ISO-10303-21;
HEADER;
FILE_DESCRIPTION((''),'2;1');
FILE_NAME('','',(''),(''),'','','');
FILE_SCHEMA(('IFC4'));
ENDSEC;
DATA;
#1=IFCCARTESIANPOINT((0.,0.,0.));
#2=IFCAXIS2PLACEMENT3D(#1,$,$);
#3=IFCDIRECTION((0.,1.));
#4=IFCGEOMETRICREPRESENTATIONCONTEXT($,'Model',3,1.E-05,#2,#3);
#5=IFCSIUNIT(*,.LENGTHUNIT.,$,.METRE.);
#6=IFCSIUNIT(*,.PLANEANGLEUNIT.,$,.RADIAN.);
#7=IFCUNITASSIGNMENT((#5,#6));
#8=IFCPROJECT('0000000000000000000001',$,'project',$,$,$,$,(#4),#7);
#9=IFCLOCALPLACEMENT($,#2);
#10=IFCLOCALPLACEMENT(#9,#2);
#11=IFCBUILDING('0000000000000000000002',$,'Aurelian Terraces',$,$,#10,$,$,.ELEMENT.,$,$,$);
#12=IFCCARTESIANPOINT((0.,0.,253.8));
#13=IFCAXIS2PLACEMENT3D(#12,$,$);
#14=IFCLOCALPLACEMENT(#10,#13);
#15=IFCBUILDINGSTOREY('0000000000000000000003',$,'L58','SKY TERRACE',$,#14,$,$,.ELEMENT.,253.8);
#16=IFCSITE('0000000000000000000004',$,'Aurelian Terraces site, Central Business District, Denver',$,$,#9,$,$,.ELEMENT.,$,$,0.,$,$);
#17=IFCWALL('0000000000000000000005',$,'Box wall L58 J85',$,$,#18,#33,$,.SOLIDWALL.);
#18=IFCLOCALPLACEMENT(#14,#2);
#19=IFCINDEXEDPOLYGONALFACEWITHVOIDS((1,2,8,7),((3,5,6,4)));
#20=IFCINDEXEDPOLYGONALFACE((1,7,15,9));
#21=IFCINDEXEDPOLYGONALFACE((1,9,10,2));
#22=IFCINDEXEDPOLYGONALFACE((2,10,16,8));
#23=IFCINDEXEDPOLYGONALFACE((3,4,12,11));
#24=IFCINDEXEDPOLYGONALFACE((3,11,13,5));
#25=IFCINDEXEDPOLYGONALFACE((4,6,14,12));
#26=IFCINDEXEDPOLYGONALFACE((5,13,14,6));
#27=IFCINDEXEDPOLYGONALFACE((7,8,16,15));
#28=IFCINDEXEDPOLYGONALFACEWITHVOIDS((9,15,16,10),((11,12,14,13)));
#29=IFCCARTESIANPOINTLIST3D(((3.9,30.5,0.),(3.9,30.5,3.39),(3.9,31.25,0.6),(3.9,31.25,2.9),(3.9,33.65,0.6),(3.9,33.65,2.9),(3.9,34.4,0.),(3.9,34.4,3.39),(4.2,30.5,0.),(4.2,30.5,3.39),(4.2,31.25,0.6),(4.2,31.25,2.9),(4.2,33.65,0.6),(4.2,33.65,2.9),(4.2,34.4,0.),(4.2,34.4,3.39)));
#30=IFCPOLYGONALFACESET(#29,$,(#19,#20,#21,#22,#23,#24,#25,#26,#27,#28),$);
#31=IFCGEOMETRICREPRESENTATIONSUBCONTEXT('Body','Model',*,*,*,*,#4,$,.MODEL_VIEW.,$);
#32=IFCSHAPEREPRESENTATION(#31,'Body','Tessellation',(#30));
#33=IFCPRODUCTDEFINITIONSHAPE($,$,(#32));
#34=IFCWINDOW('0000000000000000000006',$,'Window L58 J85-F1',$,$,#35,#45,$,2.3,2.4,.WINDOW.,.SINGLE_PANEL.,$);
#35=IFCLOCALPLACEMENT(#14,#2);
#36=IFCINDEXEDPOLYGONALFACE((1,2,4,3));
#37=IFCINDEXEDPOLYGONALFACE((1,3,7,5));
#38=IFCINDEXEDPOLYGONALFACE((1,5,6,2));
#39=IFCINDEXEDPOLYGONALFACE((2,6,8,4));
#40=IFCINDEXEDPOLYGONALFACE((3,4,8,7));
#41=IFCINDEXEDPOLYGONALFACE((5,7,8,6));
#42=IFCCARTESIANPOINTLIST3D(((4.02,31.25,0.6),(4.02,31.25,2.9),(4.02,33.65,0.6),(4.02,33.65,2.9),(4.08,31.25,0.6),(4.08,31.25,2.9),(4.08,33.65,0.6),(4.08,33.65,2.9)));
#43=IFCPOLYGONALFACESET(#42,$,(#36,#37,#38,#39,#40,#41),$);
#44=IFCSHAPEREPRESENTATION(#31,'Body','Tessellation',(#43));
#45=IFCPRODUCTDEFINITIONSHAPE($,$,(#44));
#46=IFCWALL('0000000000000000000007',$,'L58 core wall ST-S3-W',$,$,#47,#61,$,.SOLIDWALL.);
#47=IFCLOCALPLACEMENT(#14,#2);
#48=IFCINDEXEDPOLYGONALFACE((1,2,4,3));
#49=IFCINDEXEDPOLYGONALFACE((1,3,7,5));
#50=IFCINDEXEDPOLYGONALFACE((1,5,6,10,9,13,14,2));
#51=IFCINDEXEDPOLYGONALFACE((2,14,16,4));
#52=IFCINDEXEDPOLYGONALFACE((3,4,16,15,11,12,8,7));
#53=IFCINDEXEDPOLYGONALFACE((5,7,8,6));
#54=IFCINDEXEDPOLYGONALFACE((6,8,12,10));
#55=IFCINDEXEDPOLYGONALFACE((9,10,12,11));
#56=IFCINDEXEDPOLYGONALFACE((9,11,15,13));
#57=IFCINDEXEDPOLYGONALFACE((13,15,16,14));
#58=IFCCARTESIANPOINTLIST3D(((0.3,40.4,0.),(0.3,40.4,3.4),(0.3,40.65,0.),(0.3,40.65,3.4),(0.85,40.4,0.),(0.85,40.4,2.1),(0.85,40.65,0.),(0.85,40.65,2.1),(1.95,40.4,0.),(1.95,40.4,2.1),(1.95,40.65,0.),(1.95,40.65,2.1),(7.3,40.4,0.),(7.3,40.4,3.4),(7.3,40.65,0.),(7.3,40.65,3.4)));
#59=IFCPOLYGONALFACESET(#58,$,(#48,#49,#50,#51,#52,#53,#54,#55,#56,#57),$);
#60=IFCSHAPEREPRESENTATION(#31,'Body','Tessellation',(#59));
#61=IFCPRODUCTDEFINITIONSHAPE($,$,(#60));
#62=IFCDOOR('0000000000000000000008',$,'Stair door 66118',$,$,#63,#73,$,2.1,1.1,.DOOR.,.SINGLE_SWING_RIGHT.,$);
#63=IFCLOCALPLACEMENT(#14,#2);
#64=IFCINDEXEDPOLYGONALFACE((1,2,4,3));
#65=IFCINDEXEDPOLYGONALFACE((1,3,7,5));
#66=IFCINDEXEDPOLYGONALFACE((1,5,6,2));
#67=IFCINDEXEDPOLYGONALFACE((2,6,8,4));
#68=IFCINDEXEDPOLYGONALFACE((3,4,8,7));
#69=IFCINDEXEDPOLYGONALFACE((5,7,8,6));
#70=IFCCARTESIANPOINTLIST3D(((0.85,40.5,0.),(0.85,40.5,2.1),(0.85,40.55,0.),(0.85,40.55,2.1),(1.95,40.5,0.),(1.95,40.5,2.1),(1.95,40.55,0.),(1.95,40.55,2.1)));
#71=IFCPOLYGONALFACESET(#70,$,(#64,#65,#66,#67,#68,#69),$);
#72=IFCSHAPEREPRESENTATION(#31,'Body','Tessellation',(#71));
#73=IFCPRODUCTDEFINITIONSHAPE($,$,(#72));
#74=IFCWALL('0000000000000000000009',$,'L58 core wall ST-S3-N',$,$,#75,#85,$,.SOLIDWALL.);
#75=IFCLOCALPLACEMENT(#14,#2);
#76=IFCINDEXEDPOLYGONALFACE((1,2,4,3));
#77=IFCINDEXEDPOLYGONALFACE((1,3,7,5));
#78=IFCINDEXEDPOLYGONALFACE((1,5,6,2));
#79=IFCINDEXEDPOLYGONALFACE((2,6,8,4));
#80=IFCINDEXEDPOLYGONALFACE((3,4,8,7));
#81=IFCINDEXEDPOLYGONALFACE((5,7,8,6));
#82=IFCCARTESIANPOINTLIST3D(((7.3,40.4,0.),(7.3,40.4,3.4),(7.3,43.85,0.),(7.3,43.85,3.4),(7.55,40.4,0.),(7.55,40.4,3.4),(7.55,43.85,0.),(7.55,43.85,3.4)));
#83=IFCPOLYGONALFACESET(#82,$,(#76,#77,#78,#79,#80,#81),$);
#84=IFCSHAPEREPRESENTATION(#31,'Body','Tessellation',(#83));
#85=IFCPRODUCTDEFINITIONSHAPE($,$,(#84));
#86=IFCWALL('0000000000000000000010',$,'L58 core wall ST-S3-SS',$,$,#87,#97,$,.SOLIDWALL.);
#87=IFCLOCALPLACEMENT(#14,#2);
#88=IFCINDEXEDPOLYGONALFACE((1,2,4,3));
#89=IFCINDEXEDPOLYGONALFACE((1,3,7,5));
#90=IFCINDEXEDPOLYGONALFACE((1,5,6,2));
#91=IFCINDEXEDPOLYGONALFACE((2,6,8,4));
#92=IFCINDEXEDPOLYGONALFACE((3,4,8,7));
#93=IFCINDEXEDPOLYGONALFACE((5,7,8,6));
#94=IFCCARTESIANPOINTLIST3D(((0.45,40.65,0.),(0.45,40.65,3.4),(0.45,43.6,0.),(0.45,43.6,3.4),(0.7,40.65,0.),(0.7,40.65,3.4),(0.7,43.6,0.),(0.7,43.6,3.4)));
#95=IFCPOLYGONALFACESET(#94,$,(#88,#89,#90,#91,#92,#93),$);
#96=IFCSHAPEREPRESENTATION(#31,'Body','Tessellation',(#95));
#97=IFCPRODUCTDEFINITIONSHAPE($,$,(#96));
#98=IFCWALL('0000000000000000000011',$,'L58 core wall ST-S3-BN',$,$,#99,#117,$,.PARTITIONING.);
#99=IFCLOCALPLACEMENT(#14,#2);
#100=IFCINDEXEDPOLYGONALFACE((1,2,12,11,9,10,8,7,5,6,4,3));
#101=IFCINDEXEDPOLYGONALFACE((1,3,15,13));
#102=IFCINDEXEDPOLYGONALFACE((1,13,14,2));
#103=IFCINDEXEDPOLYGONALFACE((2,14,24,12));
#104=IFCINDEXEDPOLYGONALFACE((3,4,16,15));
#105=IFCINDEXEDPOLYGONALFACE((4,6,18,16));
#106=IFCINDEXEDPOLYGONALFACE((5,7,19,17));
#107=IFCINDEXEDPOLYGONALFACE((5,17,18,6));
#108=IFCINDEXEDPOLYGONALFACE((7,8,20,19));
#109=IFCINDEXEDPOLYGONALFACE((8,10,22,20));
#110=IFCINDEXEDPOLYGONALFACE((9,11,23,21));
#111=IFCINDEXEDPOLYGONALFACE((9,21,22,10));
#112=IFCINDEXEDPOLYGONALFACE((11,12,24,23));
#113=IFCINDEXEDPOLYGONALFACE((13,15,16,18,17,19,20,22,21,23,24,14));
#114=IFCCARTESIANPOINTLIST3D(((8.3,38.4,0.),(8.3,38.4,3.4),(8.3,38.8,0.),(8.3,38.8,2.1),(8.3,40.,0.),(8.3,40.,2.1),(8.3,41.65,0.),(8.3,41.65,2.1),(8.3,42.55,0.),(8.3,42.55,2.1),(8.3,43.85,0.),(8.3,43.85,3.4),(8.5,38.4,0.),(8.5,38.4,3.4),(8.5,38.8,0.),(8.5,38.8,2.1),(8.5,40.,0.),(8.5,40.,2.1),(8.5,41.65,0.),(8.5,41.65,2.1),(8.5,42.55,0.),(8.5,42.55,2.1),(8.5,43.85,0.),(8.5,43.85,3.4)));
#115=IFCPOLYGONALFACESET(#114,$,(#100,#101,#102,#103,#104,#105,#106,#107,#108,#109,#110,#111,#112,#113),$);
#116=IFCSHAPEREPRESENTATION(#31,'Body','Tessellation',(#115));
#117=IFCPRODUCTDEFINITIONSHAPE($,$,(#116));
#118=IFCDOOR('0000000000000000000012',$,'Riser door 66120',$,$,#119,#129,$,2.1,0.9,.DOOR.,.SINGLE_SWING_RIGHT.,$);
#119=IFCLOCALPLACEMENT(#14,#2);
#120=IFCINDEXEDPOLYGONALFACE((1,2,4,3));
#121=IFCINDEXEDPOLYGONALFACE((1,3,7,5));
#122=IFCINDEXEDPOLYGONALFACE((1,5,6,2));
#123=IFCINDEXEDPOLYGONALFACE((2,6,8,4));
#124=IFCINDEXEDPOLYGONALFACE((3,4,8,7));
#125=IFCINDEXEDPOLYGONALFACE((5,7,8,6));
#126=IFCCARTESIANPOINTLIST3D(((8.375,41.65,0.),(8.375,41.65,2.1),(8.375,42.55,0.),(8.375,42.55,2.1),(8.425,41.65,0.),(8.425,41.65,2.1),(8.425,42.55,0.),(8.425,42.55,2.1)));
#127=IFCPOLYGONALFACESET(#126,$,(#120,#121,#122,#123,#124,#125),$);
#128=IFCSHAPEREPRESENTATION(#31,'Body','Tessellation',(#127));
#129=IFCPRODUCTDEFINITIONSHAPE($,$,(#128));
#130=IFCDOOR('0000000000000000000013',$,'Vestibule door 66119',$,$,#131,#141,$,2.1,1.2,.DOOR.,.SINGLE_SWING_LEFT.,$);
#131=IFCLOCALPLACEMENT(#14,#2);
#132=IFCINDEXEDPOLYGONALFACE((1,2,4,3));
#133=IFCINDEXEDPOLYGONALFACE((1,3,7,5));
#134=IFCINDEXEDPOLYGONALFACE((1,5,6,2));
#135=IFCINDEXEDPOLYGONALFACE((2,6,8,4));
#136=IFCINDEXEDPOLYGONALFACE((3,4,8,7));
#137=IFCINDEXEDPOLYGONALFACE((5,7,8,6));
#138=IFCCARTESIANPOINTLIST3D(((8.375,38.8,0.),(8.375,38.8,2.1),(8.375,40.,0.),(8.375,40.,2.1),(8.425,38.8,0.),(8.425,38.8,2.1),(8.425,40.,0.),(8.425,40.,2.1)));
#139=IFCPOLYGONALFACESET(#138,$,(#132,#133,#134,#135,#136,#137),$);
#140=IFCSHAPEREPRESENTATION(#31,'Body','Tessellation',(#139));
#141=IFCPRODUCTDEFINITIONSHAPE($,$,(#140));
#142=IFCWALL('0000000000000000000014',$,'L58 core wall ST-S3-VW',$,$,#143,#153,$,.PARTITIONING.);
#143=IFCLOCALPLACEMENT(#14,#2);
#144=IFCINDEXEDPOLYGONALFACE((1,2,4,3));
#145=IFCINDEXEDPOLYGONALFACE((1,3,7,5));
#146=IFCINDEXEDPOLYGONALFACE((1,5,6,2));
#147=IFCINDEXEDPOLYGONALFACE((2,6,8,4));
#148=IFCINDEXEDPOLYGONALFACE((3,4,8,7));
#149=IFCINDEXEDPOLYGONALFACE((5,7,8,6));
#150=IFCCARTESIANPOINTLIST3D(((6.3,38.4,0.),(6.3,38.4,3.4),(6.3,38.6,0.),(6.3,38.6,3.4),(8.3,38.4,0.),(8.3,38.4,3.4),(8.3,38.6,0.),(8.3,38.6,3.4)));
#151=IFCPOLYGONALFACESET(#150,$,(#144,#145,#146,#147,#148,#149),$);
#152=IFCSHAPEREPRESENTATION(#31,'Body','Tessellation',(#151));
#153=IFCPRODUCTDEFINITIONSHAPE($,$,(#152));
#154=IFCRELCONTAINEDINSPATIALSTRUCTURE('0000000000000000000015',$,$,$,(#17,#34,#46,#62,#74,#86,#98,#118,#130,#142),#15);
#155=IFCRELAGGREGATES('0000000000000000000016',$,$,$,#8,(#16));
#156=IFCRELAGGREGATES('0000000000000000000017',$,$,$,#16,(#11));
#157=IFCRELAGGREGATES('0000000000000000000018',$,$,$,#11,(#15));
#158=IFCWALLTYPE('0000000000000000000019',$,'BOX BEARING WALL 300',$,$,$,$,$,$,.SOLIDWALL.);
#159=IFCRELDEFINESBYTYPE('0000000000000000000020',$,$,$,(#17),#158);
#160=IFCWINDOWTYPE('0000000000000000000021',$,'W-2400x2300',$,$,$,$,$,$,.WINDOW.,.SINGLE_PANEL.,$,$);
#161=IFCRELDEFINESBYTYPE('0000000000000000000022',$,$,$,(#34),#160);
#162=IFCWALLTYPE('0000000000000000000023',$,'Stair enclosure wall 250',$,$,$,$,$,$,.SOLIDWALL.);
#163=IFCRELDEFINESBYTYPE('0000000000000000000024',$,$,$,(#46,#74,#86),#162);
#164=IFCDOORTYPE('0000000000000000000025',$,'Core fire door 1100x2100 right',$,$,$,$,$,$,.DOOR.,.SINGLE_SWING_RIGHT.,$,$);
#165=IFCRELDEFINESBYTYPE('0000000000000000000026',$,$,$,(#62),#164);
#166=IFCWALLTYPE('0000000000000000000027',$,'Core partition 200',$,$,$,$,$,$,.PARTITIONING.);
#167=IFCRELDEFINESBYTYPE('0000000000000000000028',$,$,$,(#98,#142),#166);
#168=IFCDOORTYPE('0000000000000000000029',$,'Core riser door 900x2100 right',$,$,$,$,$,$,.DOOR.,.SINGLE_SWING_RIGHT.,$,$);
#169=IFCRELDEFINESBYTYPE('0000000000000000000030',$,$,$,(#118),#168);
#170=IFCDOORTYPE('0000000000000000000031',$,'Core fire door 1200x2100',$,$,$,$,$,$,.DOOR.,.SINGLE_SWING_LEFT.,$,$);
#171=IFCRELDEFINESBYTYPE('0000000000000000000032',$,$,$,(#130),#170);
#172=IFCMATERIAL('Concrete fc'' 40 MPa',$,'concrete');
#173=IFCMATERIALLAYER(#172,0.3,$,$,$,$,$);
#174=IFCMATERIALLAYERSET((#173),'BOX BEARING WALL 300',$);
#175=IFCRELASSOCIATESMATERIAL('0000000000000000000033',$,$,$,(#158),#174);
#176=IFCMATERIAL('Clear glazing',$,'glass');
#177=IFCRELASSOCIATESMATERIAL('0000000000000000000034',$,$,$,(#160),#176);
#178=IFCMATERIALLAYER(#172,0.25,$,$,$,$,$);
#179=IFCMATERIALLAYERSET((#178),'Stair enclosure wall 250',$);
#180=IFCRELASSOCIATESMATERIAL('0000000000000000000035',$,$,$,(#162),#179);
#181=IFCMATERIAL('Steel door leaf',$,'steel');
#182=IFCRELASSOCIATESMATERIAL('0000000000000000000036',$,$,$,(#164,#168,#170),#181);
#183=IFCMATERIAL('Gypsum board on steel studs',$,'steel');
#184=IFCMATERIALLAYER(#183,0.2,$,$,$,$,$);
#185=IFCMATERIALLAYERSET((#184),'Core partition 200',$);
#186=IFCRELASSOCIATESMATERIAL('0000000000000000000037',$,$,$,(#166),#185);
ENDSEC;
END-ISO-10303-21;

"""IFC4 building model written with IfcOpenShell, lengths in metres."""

from ifc_helpers import new_model, si_unit, direction, frame, frame_2d, origin, place, context, subcontext, project, spatial, rectangle, extrude, source, transform, mapped, material, layer, layer_set, type_object, element, fill, save


model = new_model("IFC4")

# Units and contexts
model_context = context("Model", 3, precision=1e-05, world=origin(), true_north=direction((0.0, 1.0)))
body_context = subcontext(model_context, "Body", "Model", "MODEL_VIEW")
ifc_project = project(units=[si_unit("LENGTHUNIT", "METRE"), si_unit("PLANEANGLEUNIT", "RADIAN")], contexts=[model_context])

# Site, building, storey
site_placement = place(None, origin())
site = spatial("IfcSite", under=ifc_project, at=site_placement, Name="Aurelian Terraces site, Central Business District, Denver", CompositionType="ELEMENT", RefElevation=0.0)
building_placement = place(site_placement, origin())
building = spatial("IfcBuilding", under=site, at=building_placement, Name="Aurelian Terraces", CompositionType="ELEMENT")
storey_placement = place(building_placement, frame((0.0, 0.0, 253.8)))
storey = spatial("IfcBuildingStorey", under=building, at=storey_placement, Name="L58", Description="SKY TERRACE", CompositionType="ELEMENT", Elevation=253.8)

# Shared definitions
ifc_material_1 = material(Name="Concrete fc' 40 MPa", Category="concrete")

# Shared definitions
ifc_material_2 = material(Name="Clear glazing", Category="glass")

# Wall, opening, window
ifc_layer_1 = layer(ifc_material_1, 0.3)
ifc_layer_set_1 = layer_set([ifc_layer_1], Name="BOX BEARING WALL 300")
wall_type_1 = type_object("IfcWallType", Name="BOX BEARING WALL 300", PredefinedType="SOLIDWALL", material=ifc_layer_set_1)
shared_shape_1 = source(origin(), body_context, "Body", "SweptSolid", [
    extrude(rectangle(XDim=3.9, YDim=0.3, at=frame_2d((1.95, 0.0))), origin(), (0.0, 0.0, 1.0), 3.39),
])
wall_1_placement = place(storey_placement, frame((4.05, 34.4, 0.0), z_axis=(0.0, 0.0, 1.0), x_axis=(0.0, -1.0, 0.0)))
wall_1 = element("IfcWall", 1, at=wall_1_placement, inside=storey, type_object=wall_type_1, Name="Box wall L58 J85", PredefinedType="SOLIDWALL", context=body_context, shape_type="MappedRepresentation", body=[
    mapped(shared_shape_1, transform((0.0, 0.0, 0.0), scale=1.0)),
])
shared_shape_2 = source(origin(), body_context, "Body", "SweptSolid", [
    extrude(rectangle(XDim=2.4, YDim=2.3, at=frame_2d((1.2, 1.15))), frame((0.0, 0.16, 0.0), z_axis=(0.0, -1.0, 0.0), x_axis=(1.0, 0.0, 0.0)), (0.0, 0.0, 1.0), 0.32),
])
opening_1_placement = place(wall_1_placement, frame((0.75, 0.0, 0.6)))
opening_1 = element("IfcOpeningElement", 2, at=opening_1_placement, cuts=wall_1, PredefinedType="OPENING", context=body_context, shape_type="MappedRepresentation", body=[
    mapped(shared_shape_2, transform((0.0, 0.0, 0.0), scale=1.0)),
])
window_type_1 = type_object("IfcWindowType", Name="W-2400x2300", PartitioningType="SINGLE_PANEL", PredefinedType="WINDOW", material=ifc_material_2)
shared_shape_3 = source(origin(), body_context, "Body", "SweptSolid", [
    extrude(rectangle(XDim=2.4, YDim=2.3, at=frame_2d((1.2, 1.15))), frame((0.0, 0.03, 0.0), z_axis=(0.0, -1.0, 0.0), x_axis=(1.0, 0.0, 0.0)), (0.0, 0.0, 1.0), 0.06),
])
window_1_placement = place(opening_1_placement, origin())
window_1 = element("IfcWindow", 3, at=window_1_placement, inside=storey, type_object=window_type_1, Name="Window L58 J85-F1", OverallHeight=2.3, OverallWidth=2.4, PartitioningType="SINGLE_PANEL", PredefinedType="WINDOW", context=body_context, shape_type="MappedRepresentation", body=[
    mapped(shared_shape_3, transform((0.0, 0.0, 0.0), scale=1.0)),
])
fill(opening_1, window_1)

# Wall, opening, door
ifc_layer_2 = layer(ifc_material_1, 0.25)
ifc_layer_set_2 = layer_set([ifc_layer_2], Name="Stair enclosure wall 250")
wall_type_2 = type_object("IfcWallType", Name="Stair enclosure wall 250", PredefinedType="SOLIDWALL", material=ifc_layer_set_2)
shared_shape_4 = source(origin(), body_context, "Body", "SweptSolid", [
    extrude(rectangle(XDim=7.0, YDim=0.25, at=frame_2d((3.5, 0.0))), origin(), (0.0, 0.0, 1.0), 3.4),
])
wall_2_placement = place(storey_placement, frame((0.3, 40.525, 0.0), z_axis=(0.0, 0.0, 1.0), x_axis=(1.0, 0.0, 0.0)))
wall_2 = element("IfcWall", 4, at=wall_2_placement, inside=storey, type_object=wall_type_2, Name="L58 core wall ST-S3-W", PredefinedType="SOLIDWALL", context=body_context, shape_type="MappedRepresentation", body=[
    mapped(shared_shape_4, transform((0.0, 0.0, 0.0), scale=1.0)),
])
shared_shape_5 = source(origin(), body_context, "Body", "SweptSolid", [
    extrude(rectangle(XDim=1.1, YDim=2.1, at=frame_2d((0.55, 1.05))), frame((0.0, 0.135, 0.0), z_axis=(0.0, -1.0, 0.0), x_axis=(1.0, 0.0, 0.0)), (0.0, 0.0, 1.0), 0.27),
])
opening_2_placement = place(wall_2_placement, frame((0.55, 0.0, 0.0)))
opening_2 = element("IfcOpeningElement", 5, at=opening_2_placement, cuts=wall_2, PredefinedType="OPENING", context=body_context, shape_type="MappedRepresentation", body=[
    mapped(shared_shape_5, transform((0.0, 0.0, 0.0), scale=1.0)),
])
ifc_material_3 = material(Name="Steel door leaf", Category="steel")
door_type_1 = type_object("IfcDoorType", Name="Core fire door 1100x2100 right", OperationType="SINGLE_SWING_RIGHT", PredefinedType="DOOR", material=ifc_material_3)
shared_shape_6 = source(origin(), body_context, "Body", "SweptSolid", [
    extrude(rectangle(XDim=1.1, YDim=2.1, at=frame_2d((0.55, 1.05))), frame((0.0, 0.025, 0.0), z_axis=(0.0, -1.0, 0.0), x_axis=(1.0, 0.0, 0.0)), (0.0, 0.0, 1.0), 0.05),
])
door_1_placement = place(opening_2_placement, origin())
door_1 = element("IfcDoor", 6, at=door_1_placement, inside=storey, type_object=door_type_1, Name="Stair door 66118", OperationType="SINGLE_SWING_RIGHT", OverallHeight=2.1, OverallWidth=1.1, PredefinedType="DOOR", context=body_context, shape_type="MappedRepresentation", body=[
    mapped(shared_shape_6, transform((0.0, 0.0, 0.0), scale=1.0)),
])
fill(opening_2, door_1)

# Walls
shared_shape_7 = source(origin(), body_context, "Body", "SweptSolid", [
    extrude(rectangle(XDim=3.45, YDim=0.25, at=frame_2d((1.725, 0.0))), origin(), (0.0, 0.0, 1.0), 3.4),
])
wall_3_placement = place(storey_placement, frame((7.425, 40.4, 0.0), z_axis=(0.0, 0.0, 1.0), x_axis=(0.0, 1.0, 0.0)))
element("IfcWall", 7, at=wall_3_placement, inside=storey, type_object=wall_type_2, Name="L58 core wall ST-S3-N", PredefinedType="SOLIDWALL", context=body_context, shape_type="MappedRepresentation", body=[
    mapped(shared_shape_7, transform((0.0, 0.0, 0.0), scale=1.0)),
])
shared_shape_8 = source(origin(), body_context, "Body", "SweptSolid", [
    extrude(rectangle(XDim=2.95, YDim=0.25, at=frame_2d((1.475, 0.0))), origin(), (0.0, 0.0, 1.0), 3.4),
])
wall_4_placement = place(storey_placement, frame((0.575, 40.65, 0.0), z_axis=(0.0, 0.0, 1.0), x_axis=(0.0, 1.0, 0.0)))
element("IfcWall", 8, at=wall_4_placement, inside=storey, type_object=wall_type_2, Name="L58 core wall ST-S3-SS", PredefinedType="SOLIDWALL", context=body_context, shape_type="MappedRepresentation", body=[
    mapped(shared_shape_8, transform((0.0, 0.0, 0.0), scale=1.0)),
])

# Wall, openings, doors
ifc_material_4 = material(Name="Gypsum board on steel studs", Category="steel")
ifc_layer_3 = layer(ifc_material_4, 0.2)
ifc_layer_set_3 = layer_set([ifc_layer_3], Name="Core partition 200")
wall_type_3 = type_object("IfcWallType", Name="Core partition 200", PredefinedType="PARTITIONING", material=ifc_layer_set_3)
shared_shape_9 = source(origin(), body_context, "Body", "SweptSolid", [
    extrude(rectangle(XDim=5.45, YDim=0.2, at=frame_2d((2.725, 0.0))), origin(), (0.0, 0.0, 1.0), 3.4),
])
wall_5_placement = place(storey_placement, frame((8.4, 38.4, 0.0), z_axis=(0.0, 0.0, 1.0), x_axis=(0.0, 1.0, 0.0)))
wall_5 = element("IfcWall", 9, at=wall_5_placement, inside=storey, type_object=wall_type_3, Name="L58 core wall ST-S3-BN", PredefinedType="PARTITIONING", context=body_context, shape_type="MappedRepresentation", body=[
    mapped(shared_shape_9, transform((0.0, 0.0, 0.0), scale=1.0)),
])
shared_shape_10 = source(origin(), body_context, "Body", "SweptSolid", [
    extrude(rectangle(XDim=1.2, YDim=2.1, at=frame_2d((0.6, 1.05))), frame((0.0, 0.11, 0.0), z_axis=(0.0, -1.0, 0.0), x_axis=(1.0, 0.0, 0.0)), (0.0, 0.0, 1.0), 0.22),
])
opening_3_placement = place(wall_5_placement, frame((0.4, 0.0, 0.0)))
opening_3 = element("IfcOpeningElement", 10, at=opening_3_placement, cuts=wall_5, PredefinedType="OPENING", context=body_context, shape_type="MappedRepresentation", body=[
    mapped(shared_shape_10, transform((0.0, 0.0, 0.0), scale=1.0)),
])
shared_shape_11 = source(origin(), body_context, "Body", "SweptSolid", [
    extrude(rectangle(XDim=0.9, YDim=2.1, at=frame_2d((0.45, 1.05))), frame((0.0, 0.11, 0.0), z_axis=(0.0, -1.0, 0.0), x_axis=(1.0, 0.0, 0.0)), (0.0, 0.0, 1.0), 0.22),
])
opening_4_placement = place(wall_5_placement, frame((3.25, 0.0, 0.0)))
opening_4 = element("IfcOpeningElement", 11, at=opening_4_placement, cuts=wall_5, PredefinedType="OPENING", context=body_context, shape_type="MappedRepresentation", body=[
    mapped(shared_shape_11, transform((0.0, 0.0, 0.0), scale=1.0)),
])
door_type_2 = type_object("IfcDoorType", Name="Core riser door 900x2100 right", OperationType="SINGLE_SWING_RIGHT", PredefinedType="DOOR", material=ifc_material_3)
shared_shape_12 = source(origin(), body_context, "Body", "SweptSolid", [
    extrude(rectangle(XDim=0.9, YDim=2.1, at=frame_2d((0.45, 1.05))), frame((0.0, 0.025, 0.0), z_axis=(0.0, -1.0, 0.0), x_axis=(1.0, 0.0, 0.0)), (0.0, 0.0, 1.0), 0.05),
])
door_2_placement = place(opening_4_placement, origin())
door_2 = element("IfcDoor", 12, at=door_2_placement, inside=storey, type_object=door_type_2, Name="Riser door 66120", OperationType="SINGLE_SWING_RIGHT", OverallHeight=2.1, OverallWidth=0.9, PredefinedType="DOOR", context=body_context, shape_type="MappedRepresentation", body=[
    mapped(shared_shape_12, transform((0.0, 0.0, 0.0), scale=1.0)),
])
fill(opening_4, door_2)
door_type_3 = type_object("IfcDoorType", Name="Core fire door 1200x2100", OperationType="SINGLE_SWING_LEFT", PredefinedType="DOOR", material=ifc_material_3)
shared_shape_13 = source(origin(), body_context, "Body", "SweptSolid", [
    extrude(rectangle(XDim=1.2, YDim=2.1, at=frame_2d((0.6, 1.05))), frame((0.0, 0.025, 0.0), z_axis=(0.0, -1.0, 0.0), x_axis=(1.0, 0.0, 0.0)), (0.0, 0.0, 1.0), 0.05),
])
door_3_placement = place(opening_3_placement, origin())
door_3 = element("IfcDoor", 13, at=door_3_placement, inside=storey, type_object=door_type_3, Name="Vestibule door 66119", OperationType="SINGLE_SWING_LEFT", OverallHeight=2.1, OverallWidth=1.2, PredefinedType="DOOR", context=body_context, shape_type="MappedRepresentation", body=[
    mapped(shared_shape_13, transform((0.0, 0.0, 0.0), scale=1.0)),
])
fill(opening_3, door_3)

# Wall
shared_shape_14 = source(origin(), body_context, "Body", "SweptSolid", [
    extrude(rectangle(XDim=2.0, YDim=0.2, at=frame_2d((1.0, 0.0))), origin(), (0.0, 0.0, 1.0), 3.4),
])
wall_6_placement = place(storey_placement, frame((6.3, 38.5, 0.0), z_axis=(0.0, 0.0, 1.0), x_axis=(1.0, 0.0, 0.0)))
element("IfcWall", 14, at=wall_6_placement, inside=storey, type_object=wall_type_3, Name="L58 core wall ST-S3-VW", PredefinedType="PARTITIONING", context=body_context, shape_type="MappedRepresentation", body=[
    mapped(shared_shape_14, transform((0.0, 0.0, 0.0), scale=1.0)),
])

save(model, "model.ifc")
